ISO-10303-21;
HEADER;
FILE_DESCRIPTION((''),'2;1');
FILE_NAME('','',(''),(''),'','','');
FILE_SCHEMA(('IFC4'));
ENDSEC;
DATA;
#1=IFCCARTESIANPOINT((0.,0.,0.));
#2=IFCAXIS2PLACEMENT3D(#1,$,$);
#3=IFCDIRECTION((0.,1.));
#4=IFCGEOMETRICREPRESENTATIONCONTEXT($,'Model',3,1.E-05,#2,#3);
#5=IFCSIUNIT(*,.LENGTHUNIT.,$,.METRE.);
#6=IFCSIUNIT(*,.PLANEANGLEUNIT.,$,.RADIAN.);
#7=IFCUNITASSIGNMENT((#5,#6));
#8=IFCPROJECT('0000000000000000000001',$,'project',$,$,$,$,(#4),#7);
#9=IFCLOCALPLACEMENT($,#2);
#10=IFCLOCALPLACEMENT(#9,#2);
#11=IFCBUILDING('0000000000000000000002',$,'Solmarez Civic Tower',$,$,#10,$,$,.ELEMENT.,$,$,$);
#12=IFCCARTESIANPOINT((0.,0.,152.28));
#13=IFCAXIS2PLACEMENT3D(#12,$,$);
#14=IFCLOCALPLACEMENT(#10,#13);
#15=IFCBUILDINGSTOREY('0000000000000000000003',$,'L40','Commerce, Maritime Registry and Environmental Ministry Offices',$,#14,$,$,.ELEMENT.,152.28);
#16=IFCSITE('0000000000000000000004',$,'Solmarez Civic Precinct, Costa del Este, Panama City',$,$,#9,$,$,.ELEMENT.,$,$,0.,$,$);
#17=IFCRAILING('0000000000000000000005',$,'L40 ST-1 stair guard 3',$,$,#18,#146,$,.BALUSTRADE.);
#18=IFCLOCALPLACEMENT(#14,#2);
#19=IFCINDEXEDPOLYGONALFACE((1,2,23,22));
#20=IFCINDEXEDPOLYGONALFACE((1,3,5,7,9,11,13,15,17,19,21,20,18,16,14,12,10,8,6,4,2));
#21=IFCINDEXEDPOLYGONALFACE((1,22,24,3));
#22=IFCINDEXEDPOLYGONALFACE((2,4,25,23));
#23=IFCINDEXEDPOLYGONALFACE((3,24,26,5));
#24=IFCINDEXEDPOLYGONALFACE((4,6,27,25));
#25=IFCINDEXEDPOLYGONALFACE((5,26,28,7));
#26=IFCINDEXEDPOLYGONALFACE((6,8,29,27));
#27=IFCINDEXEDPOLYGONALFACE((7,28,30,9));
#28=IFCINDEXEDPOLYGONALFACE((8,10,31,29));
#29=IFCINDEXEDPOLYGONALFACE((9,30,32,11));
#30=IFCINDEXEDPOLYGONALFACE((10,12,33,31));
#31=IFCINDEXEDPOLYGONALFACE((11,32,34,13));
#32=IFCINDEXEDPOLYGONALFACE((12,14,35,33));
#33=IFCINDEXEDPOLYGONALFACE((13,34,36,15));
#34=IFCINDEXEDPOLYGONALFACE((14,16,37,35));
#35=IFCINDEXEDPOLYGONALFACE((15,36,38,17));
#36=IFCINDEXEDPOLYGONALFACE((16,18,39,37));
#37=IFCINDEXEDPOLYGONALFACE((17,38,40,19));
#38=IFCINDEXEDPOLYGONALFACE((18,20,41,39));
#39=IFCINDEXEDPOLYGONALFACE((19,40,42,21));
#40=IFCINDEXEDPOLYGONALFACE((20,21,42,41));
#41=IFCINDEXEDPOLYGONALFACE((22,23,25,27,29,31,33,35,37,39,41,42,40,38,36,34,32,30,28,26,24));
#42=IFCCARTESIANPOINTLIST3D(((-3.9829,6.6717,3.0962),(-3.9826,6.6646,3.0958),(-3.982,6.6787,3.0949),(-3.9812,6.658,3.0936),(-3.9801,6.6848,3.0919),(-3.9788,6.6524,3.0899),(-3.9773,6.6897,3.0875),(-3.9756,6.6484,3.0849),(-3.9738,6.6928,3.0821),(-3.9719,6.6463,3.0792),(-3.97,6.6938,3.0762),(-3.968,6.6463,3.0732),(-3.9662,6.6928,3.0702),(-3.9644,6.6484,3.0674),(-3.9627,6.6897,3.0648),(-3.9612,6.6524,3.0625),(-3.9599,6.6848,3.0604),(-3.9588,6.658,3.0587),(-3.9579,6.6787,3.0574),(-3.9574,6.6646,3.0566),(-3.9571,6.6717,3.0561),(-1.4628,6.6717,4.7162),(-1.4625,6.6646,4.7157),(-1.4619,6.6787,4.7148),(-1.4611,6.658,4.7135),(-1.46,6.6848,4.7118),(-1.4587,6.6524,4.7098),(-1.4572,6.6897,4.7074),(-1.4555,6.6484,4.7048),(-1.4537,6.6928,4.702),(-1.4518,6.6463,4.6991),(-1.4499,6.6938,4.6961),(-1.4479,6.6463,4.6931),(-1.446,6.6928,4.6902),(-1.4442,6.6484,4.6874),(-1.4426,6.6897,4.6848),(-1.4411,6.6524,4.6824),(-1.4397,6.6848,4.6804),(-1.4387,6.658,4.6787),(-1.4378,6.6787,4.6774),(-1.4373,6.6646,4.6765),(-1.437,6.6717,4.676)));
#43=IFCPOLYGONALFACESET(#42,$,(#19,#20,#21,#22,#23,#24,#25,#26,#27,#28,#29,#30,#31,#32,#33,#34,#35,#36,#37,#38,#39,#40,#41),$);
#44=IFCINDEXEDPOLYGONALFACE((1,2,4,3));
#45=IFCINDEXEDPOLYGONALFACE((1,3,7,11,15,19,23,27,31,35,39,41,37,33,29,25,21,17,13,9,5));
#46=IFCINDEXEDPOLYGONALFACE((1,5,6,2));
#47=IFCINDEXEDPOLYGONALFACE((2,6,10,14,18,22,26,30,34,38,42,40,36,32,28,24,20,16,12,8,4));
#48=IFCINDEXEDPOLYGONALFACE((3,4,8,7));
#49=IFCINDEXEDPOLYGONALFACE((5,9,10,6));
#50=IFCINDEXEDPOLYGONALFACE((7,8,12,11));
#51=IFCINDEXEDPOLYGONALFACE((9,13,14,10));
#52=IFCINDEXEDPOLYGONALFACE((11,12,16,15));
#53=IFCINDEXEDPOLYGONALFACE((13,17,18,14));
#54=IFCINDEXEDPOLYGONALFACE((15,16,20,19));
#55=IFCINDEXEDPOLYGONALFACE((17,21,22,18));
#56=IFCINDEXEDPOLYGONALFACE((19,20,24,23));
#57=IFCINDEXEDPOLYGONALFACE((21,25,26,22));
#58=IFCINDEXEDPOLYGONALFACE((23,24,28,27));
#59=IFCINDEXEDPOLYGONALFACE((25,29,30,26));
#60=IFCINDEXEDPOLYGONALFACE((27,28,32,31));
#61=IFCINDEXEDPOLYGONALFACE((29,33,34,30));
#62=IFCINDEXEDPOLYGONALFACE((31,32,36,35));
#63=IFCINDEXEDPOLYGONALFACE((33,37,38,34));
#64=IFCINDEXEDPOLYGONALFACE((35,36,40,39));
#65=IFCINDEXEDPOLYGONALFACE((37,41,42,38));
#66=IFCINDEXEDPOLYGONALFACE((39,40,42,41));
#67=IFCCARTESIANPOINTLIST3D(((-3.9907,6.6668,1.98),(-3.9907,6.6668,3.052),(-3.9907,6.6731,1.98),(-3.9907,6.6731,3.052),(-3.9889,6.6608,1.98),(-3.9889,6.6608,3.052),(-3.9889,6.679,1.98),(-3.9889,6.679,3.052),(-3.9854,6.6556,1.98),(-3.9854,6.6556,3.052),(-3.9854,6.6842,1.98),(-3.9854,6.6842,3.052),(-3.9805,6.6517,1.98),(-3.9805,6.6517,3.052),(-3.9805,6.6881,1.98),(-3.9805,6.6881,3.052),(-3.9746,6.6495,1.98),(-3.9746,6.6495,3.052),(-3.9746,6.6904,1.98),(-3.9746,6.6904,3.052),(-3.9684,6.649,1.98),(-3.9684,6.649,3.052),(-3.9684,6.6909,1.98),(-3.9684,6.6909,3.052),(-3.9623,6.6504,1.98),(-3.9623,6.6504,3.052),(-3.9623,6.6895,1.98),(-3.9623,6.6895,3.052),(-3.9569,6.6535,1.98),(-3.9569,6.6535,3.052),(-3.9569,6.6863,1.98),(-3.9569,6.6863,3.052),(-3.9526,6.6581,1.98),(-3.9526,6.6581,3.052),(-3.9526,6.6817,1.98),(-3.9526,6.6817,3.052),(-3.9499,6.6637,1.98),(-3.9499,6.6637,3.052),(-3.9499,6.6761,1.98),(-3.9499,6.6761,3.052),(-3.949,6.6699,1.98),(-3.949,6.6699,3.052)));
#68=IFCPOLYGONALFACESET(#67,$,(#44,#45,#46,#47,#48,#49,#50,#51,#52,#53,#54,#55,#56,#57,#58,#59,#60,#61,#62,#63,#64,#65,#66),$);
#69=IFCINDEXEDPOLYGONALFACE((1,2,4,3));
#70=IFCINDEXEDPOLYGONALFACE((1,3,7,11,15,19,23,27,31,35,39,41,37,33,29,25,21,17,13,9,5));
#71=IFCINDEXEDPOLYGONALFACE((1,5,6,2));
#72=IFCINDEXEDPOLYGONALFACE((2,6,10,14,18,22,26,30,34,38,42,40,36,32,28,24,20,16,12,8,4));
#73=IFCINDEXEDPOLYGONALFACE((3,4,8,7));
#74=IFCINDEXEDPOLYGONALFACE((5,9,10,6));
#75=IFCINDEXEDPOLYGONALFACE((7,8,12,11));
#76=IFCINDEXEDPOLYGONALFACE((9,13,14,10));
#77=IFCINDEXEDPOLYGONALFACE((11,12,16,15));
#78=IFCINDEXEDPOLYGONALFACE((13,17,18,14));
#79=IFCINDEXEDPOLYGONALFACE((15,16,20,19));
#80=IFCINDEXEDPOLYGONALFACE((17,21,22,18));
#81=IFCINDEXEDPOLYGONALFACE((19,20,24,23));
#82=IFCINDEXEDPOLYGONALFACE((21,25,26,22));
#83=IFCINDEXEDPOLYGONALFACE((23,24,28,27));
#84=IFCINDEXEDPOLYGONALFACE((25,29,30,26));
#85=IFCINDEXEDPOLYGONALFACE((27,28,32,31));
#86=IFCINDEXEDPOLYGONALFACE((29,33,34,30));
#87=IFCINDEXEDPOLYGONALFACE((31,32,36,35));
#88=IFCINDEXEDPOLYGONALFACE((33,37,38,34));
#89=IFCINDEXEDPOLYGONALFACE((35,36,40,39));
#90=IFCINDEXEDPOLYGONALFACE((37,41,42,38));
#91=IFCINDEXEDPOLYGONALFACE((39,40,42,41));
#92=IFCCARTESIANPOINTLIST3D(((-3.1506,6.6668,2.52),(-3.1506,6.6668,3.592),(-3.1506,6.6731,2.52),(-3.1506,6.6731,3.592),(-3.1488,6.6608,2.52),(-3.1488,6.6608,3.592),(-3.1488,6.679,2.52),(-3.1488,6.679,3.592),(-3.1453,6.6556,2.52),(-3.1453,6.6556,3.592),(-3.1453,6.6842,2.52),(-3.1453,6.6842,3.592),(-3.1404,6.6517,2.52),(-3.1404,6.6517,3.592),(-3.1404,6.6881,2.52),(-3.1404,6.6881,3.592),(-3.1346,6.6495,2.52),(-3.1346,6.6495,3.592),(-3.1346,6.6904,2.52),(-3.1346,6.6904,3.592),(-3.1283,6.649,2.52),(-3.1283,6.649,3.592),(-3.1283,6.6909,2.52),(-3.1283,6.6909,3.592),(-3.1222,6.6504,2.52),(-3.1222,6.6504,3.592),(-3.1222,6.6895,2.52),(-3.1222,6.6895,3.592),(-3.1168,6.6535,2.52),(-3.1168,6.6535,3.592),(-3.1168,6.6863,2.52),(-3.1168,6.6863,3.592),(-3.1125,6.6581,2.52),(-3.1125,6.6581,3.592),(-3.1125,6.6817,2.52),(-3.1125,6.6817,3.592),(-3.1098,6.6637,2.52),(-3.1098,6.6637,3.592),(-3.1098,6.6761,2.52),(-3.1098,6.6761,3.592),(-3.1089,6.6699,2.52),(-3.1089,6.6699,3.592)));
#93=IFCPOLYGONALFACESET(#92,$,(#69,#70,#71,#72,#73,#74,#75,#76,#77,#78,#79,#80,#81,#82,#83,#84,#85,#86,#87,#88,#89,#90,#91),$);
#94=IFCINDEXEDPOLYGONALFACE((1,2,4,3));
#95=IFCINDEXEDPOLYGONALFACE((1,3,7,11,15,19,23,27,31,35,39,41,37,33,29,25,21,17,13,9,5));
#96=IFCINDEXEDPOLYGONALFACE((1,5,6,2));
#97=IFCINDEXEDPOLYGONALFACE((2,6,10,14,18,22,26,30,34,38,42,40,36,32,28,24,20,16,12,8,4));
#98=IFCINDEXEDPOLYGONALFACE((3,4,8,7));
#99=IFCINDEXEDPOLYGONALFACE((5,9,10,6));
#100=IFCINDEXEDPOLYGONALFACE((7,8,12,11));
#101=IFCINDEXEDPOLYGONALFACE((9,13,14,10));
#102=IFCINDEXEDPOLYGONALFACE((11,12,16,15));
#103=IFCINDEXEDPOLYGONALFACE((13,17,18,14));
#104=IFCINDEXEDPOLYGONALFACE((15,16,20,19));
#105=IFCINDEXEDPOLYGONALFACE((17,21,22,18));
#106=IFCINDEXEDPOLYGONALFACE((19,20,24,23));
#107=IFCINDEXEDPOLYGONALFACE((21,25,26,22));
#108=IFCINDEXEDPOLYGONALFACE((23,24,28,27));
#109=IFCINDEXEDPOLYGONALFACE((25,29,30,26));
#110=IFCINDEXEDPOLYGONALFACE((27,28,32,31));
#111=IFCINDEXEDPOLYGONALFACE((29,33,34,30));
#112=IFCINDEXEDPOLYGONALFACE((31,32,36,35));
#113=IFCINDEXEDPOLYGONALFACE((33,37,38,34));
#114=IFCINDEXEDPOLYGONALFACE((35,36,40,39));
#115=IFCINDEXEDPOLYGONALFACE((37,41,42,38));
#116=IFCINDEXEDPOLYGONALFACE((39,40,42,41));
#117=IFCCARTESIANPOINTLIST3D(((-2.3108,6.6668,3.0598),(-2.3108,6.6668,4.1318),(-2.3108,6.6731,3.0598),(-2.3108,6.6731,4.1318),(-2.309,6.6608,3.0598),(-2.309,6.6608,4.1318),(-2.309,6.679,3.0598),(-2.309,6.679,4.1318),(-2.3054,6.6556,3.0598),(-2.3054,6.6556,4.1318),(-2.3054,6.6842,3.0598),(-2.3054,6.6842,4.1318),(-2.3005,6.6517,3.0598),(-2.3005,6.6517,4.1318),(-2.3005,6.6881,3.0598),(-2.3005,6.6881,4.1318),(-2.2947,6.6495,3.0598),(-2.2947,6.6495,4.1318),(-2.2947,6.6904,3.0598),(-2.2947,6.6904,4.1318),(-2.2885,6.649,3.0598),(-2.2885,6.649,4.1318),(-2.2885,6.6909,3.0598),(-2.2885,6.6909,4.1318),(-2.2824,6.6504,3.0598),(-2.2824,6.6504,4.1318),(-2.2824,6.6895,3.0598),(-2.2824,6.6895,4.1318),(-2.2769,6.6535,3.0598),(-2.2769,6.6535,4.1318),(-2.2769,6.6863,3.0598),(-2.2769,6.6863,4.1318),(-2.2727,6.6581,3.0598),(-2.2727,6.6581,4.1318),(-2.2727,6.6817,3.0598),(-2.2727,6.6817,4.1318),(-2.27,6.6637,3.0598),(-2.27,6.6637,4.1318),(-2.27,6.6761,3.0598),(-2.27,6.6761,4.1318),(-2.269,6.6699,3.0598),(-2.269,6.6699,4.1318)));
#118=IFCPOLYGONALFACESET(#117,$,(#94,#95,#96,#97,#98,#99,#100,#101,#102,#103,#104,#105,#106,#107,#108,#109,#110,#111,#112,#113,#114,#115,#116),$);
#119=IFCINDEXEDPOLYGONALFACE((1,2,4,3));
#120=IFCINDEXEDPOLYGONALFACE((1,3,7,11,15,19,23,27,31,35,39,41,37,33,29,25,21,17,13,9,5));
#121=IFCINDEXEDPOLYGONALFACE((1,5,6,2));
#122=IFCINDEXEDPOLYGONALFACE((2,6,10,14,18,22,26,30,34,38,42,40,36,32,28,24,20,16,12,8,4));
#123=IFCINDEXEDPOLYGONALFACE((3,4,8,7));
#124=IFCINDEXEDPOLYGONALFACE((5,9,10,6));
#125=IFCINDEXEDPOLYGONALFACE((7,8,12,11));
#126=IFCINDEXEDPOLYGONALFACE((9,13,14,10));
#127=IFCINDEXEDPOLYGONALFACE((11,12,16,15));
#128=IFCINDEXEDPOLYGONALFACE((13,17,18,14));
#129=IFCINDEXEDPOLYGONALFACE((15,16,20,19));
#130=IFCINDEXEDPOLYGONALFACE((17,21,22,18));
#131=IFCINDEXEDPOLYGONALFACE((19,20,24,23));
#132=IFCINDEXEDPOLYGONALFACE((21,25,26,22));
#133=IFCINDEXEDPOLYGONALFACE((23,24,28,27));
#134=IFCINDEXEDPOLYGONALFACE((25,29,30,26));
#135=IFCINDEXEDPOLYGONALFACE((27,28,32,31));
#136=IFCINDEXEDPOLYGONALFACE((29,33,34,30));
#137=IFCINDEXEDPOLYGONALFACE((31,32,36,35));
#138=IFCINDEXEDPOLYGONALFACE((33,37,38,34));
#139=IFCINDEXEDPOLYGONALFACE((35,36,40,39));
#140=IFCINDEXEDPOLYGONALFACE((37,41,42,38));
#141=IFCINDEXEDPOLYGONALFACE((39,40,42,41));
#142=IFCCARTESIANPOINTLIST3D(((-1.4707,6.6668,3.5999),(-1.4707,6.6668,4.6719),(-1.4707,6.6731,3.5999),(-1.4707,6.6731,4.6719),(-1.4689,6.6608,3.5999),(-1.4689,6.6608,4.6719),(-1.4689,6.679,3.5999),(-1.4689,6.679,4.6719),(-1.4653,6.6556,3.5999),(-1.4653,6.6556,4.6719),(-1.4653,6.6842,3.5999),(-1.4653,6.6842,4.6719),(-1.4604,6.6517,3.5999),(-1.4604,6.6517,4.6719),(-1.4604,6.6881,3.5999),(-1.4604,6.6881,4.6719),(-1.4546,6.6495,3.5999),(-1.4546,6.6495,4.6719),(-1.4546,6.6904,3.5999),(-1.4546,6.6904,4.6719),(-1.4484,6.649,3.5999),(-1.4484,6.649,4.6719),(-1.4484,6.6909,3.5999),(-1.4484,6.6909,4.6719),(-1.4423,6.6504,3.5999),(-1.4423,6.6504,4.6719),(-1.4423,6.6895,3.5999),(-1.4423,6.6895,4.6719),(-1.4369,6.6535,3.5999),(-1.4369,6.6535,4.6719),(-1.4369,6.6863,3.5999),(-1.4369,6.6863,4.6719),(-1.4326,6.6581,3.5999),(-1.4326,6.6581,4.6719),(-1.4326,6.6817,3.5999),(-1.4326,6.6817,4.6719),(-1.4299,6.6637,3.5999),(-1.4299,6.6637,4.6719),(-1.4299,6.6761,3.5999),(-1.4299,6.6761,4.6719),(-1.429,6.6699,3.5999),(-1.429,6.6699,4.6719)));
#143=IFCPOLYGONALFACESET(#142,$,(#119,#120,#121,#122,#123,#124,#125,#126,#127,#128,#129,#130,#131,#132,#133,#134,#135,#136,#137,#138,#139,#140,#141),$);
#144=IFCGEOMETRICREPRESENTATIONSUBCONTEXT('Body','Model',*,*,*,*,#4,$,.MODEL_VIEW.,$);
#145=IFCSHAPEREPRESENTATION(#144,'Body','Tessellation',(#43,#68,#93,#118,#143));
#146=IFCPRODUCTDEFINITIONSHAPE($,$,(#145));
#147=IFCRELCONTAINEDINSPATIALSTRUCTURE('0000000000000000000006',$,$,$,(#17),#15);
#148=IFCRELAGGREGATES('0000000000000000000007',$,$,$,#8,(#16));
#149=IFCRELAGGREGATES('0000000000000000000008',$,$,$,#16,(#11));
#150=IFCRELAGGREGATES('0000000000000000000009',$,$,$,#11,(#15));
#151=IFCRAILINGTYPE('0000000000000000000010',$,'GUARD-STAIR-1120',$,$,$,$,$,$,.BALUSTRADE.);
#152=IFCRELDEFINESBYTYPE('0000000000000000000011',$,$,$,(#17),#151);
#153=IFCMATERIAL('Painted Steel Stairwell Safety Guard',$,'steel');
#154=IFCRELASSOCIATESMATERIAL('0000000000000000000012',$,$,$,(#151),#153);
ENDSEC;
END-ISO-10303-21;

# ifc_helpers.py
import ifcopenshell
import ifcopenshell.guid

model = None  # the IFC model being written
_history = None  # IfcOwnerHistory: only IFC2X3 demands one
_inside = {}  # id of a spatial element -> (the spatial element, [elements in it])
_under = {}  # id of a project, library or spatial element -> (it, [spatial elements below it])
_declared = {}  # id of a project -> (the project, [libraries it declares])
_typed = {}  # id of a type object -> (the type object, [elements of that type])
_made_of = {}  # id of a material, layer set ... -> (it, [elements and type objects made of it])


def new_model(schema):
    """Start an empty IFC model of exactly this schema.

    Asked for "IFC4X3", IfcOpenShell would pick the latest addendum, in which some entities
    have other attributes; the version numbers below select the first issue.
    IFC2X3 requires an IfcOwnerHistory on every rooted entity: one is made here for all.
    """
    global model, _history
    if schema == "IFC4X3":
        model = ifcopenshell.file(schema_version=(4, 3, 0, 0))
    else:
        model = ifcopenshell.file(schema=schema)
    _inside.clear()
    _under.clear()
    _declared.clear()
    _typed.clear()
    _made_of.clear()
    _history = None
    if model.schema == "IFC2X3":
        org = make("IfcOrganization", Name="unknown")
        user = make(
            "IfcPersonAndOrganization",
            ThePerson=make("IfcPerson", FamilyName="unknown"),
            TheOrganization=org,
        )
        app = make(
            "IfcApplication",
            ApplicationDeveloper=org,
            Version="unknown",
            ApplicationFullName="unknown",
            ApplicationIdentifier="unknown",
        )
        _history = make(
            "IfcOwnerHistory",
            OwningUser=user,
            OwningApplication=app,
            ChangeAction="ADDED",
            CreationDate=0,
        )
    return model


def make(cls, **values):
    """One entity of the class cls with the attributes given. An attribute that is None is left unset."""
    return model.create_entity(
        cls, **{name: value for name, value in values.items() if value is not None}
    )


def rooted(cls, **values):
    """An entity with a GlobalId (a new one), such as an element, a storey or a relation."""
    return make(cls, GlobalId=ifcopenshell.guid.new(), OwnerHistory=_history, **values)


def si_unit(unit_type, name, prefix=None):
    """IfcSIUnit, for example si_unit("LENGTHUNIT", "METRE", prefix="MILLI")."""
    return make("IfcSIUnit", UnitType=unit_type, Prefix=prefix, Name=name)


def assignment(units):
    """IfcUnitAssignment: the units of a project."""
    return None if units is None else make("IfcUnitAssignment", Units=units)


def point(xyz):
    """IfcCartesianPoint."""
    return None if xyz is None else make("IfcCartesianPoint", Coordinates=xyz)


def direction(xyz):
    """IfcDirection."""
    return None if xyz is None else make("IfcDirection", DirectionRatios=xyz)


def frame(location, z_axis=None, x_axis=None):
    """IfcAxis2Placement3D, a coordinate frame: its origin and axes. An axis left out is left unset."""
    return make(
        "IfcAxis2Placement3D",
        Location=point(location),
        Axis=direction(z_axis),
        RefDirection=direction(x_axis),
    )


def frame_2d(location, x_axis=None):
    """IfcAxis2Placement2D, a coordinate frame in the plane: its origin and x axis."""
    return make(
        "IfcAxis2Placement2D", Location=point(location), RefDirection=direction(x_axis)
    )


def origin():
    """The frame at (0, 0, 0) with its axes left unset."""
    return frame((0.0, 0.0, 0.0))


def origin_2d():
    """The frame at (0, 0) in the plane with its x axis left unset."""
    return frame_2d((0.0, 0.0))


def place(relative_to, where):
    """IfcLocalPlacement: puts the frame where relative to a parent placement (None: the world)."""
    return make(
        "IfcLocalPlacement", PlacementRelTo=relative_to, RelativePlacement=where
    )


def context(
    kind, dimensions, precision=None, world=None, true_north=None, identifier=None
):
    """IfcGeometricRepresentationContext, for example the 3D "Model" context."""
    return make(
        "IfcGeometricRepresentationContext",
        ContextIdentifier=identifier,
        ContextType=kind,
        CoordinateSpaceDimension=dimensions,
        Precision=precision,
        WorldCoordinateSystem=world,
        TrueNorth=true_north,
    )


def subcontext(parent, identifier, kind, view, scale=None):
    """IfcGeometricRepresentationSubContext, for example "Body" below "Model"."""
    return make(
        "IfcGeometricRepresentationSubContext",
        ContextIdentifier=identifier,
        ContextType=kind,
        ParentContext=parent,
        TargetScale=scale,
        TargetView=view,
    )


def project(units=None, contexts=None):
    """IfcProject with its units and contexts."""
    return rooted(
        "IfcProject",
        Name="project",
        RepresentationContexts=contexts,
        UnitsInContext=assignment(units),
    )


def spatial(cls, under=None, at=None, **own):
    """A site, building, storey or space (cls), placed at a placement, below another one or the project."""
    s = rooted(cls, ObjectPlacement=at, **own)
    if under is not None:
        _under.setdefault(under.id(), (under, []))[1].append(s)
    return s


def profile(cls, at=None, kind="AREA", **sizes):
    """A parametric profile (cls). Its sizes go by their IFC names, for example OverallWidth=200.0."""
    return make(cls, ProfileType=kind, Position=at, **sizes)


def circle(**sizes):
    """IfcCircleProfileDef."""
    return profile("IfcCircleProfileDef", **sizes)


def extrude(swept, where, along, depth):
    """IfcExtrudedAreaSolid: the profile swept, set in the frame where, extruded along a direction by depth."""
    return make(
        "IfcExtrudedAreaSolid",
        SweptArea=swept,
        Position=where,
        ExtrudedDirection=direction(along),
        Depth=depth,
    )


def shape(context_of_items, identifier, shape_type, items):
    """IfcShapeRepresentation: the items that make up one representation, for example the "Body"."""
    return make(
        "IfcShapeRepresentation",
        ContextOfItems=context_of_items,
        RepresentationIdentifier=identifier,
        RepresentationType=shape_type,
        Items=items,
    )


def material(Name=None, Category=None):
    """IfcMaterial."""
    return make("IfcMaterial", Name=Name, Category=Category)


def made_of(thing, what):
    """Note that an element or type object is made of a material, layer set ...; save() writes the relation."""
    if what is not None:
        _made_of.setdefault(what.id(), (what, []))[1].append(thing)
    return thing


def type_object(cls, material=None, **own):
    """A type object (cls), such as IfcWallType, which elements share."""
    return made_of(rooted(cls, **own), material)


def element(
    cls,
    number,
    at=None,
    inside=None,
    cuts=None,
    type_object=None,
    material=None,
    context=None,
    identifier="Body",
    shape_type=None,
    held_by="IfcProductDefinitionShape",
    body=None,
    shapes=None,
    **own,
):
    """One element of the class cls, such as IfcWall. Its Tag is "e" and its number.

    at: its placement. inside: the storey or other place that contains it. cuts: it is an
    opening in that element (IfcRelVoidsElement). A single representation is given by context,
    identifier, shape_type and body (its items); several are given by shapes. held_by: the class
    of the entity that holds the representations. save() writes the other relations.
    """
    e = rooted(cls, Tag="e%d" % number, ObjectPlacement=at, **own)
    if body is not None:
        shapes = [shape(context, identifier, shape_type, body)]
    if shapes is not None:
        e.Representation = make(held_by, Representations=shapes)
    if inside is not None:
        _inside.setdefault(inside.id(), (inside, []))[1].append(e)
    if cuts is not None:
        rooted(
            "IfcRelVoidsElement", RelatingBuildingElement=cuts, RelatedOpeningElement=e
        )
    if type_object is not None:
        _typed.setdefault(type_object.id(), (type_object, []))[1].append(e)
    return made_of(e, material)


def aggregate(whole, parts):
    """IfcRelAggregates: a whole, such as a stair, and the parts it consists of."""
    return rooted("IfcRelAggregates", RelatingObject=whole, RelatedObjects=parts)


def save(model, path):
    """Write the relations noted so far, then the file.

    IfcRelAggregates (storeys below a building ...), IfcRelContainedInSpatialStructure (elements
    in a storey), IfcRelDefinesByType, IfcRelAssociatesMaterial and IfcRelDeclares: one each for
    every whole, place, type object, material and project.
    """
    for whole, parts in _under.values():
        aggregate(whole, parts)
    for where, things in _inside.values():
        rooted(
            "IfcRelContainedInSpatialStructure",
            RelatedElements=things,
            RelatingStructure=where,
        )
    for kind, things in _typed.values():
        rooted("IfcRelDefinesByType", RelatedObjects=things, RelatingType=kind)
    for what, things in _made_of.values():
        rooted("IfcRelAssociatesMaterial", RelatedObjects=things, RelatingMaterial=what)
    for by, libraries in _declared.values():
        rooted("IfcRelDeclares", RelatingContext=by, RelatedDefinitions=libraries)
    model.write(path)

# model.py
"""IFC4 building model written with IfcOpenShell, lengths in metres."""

from ifc_helpers import new_model, si_unit, direction, frame, origin, origin_2d, place, context, subcontext, project, spatial, circle, extrude, material, type_object, element, save


model = new_model("IFC4")

# Units and contexts
model_context = context("Model", 3, precision=1e-05, world=origin(), true_north=direction((0.0, 1.0)))
body_context = subcontext(model_context, "Body", "Model", "MODEL_VIEW")
ifc_project = project(units=[si_unit("LENGTHUNIT", "METRE"), si_unit("PLANEANGLEUNIT", "RADIAN")], contexts=[model_context])

# Site, building, storey
site_placement = place(None, origin())
site = spatial("IfcSite", under=ifc_project, at=site_placement, Name="Solmarez Civic Precinct, Costa del Este, Panama City", CompositionType="ELEMENT", RefElevation=0.0)
building_placement = place(site_placement, origin())
building = spatial("IfcBuilding", under=site, at=building_placement, Name="Solmarez Civic Tower", CompositionType="ELEMENT")
storey_placement = place(building_placement, frame((0.0, 0.0, 152.28)))
storey = spatial("IfcBuildingStorey", under=building, at=storey_placement, Name="L40", Description="Commerce, Maritime Registry and Environmental Ministry Offices", CompositionType="ELEMENT", Elevation=152.28)

# Railing
ifc_material_1 = material(Name="Painted Steel Stairwell Safety Guard", Category="steel")
railing_type_1 = type_object("IfcRailingType", Name="GUARD-STAIR-1120", PredefinedType="BALUSTRADE", material=ifc_material_1)
railing_1_placement = place(storey_placement, frame((-3.97, 6.6699, 1.98)))
element("IfcRailing", 1, at=railing_1_placement, inside=storey, type_object=railing_type_1, Name="L40 ST-1 stair guard 3", PredefinedType="BALUSTRADE", context=body_context, shape_type="SweptSolid", body=[
    extrude(circle(Radius=0.0239, at=origin_2d()), frame((0.0, 0.0, 1.0962), z_axis=(0.8412, 0.0, 0.540725), x_axis=(0.0, 1.0, 0.0)), (0.0, 0.0, 1.0), 2.9958),
    extrude(circle(Radius=0.021, at=origin_2d()), origin(), (0.0, 0.0, 1.0), 1.072),
    extrude(circle(Radius=0.021, at=origin_2d()), frame((0.8401, 0.0, 0.54)), (0.0, 0.0, 1.0), 1.072),
    extrude(circle(Radius=0.021, at=origin_2d()), frame((1.6799, 0.0, 1.0798)), (0.0, 0.0, 1.0), 1.072),
    extrude(circle(Radius=0.021, at=origin_2d()), frame((2.52, 0.0, 1.6199)), (0.0, 0.0, 1.0), 1.072),
])

save(model, "model.ifc")
